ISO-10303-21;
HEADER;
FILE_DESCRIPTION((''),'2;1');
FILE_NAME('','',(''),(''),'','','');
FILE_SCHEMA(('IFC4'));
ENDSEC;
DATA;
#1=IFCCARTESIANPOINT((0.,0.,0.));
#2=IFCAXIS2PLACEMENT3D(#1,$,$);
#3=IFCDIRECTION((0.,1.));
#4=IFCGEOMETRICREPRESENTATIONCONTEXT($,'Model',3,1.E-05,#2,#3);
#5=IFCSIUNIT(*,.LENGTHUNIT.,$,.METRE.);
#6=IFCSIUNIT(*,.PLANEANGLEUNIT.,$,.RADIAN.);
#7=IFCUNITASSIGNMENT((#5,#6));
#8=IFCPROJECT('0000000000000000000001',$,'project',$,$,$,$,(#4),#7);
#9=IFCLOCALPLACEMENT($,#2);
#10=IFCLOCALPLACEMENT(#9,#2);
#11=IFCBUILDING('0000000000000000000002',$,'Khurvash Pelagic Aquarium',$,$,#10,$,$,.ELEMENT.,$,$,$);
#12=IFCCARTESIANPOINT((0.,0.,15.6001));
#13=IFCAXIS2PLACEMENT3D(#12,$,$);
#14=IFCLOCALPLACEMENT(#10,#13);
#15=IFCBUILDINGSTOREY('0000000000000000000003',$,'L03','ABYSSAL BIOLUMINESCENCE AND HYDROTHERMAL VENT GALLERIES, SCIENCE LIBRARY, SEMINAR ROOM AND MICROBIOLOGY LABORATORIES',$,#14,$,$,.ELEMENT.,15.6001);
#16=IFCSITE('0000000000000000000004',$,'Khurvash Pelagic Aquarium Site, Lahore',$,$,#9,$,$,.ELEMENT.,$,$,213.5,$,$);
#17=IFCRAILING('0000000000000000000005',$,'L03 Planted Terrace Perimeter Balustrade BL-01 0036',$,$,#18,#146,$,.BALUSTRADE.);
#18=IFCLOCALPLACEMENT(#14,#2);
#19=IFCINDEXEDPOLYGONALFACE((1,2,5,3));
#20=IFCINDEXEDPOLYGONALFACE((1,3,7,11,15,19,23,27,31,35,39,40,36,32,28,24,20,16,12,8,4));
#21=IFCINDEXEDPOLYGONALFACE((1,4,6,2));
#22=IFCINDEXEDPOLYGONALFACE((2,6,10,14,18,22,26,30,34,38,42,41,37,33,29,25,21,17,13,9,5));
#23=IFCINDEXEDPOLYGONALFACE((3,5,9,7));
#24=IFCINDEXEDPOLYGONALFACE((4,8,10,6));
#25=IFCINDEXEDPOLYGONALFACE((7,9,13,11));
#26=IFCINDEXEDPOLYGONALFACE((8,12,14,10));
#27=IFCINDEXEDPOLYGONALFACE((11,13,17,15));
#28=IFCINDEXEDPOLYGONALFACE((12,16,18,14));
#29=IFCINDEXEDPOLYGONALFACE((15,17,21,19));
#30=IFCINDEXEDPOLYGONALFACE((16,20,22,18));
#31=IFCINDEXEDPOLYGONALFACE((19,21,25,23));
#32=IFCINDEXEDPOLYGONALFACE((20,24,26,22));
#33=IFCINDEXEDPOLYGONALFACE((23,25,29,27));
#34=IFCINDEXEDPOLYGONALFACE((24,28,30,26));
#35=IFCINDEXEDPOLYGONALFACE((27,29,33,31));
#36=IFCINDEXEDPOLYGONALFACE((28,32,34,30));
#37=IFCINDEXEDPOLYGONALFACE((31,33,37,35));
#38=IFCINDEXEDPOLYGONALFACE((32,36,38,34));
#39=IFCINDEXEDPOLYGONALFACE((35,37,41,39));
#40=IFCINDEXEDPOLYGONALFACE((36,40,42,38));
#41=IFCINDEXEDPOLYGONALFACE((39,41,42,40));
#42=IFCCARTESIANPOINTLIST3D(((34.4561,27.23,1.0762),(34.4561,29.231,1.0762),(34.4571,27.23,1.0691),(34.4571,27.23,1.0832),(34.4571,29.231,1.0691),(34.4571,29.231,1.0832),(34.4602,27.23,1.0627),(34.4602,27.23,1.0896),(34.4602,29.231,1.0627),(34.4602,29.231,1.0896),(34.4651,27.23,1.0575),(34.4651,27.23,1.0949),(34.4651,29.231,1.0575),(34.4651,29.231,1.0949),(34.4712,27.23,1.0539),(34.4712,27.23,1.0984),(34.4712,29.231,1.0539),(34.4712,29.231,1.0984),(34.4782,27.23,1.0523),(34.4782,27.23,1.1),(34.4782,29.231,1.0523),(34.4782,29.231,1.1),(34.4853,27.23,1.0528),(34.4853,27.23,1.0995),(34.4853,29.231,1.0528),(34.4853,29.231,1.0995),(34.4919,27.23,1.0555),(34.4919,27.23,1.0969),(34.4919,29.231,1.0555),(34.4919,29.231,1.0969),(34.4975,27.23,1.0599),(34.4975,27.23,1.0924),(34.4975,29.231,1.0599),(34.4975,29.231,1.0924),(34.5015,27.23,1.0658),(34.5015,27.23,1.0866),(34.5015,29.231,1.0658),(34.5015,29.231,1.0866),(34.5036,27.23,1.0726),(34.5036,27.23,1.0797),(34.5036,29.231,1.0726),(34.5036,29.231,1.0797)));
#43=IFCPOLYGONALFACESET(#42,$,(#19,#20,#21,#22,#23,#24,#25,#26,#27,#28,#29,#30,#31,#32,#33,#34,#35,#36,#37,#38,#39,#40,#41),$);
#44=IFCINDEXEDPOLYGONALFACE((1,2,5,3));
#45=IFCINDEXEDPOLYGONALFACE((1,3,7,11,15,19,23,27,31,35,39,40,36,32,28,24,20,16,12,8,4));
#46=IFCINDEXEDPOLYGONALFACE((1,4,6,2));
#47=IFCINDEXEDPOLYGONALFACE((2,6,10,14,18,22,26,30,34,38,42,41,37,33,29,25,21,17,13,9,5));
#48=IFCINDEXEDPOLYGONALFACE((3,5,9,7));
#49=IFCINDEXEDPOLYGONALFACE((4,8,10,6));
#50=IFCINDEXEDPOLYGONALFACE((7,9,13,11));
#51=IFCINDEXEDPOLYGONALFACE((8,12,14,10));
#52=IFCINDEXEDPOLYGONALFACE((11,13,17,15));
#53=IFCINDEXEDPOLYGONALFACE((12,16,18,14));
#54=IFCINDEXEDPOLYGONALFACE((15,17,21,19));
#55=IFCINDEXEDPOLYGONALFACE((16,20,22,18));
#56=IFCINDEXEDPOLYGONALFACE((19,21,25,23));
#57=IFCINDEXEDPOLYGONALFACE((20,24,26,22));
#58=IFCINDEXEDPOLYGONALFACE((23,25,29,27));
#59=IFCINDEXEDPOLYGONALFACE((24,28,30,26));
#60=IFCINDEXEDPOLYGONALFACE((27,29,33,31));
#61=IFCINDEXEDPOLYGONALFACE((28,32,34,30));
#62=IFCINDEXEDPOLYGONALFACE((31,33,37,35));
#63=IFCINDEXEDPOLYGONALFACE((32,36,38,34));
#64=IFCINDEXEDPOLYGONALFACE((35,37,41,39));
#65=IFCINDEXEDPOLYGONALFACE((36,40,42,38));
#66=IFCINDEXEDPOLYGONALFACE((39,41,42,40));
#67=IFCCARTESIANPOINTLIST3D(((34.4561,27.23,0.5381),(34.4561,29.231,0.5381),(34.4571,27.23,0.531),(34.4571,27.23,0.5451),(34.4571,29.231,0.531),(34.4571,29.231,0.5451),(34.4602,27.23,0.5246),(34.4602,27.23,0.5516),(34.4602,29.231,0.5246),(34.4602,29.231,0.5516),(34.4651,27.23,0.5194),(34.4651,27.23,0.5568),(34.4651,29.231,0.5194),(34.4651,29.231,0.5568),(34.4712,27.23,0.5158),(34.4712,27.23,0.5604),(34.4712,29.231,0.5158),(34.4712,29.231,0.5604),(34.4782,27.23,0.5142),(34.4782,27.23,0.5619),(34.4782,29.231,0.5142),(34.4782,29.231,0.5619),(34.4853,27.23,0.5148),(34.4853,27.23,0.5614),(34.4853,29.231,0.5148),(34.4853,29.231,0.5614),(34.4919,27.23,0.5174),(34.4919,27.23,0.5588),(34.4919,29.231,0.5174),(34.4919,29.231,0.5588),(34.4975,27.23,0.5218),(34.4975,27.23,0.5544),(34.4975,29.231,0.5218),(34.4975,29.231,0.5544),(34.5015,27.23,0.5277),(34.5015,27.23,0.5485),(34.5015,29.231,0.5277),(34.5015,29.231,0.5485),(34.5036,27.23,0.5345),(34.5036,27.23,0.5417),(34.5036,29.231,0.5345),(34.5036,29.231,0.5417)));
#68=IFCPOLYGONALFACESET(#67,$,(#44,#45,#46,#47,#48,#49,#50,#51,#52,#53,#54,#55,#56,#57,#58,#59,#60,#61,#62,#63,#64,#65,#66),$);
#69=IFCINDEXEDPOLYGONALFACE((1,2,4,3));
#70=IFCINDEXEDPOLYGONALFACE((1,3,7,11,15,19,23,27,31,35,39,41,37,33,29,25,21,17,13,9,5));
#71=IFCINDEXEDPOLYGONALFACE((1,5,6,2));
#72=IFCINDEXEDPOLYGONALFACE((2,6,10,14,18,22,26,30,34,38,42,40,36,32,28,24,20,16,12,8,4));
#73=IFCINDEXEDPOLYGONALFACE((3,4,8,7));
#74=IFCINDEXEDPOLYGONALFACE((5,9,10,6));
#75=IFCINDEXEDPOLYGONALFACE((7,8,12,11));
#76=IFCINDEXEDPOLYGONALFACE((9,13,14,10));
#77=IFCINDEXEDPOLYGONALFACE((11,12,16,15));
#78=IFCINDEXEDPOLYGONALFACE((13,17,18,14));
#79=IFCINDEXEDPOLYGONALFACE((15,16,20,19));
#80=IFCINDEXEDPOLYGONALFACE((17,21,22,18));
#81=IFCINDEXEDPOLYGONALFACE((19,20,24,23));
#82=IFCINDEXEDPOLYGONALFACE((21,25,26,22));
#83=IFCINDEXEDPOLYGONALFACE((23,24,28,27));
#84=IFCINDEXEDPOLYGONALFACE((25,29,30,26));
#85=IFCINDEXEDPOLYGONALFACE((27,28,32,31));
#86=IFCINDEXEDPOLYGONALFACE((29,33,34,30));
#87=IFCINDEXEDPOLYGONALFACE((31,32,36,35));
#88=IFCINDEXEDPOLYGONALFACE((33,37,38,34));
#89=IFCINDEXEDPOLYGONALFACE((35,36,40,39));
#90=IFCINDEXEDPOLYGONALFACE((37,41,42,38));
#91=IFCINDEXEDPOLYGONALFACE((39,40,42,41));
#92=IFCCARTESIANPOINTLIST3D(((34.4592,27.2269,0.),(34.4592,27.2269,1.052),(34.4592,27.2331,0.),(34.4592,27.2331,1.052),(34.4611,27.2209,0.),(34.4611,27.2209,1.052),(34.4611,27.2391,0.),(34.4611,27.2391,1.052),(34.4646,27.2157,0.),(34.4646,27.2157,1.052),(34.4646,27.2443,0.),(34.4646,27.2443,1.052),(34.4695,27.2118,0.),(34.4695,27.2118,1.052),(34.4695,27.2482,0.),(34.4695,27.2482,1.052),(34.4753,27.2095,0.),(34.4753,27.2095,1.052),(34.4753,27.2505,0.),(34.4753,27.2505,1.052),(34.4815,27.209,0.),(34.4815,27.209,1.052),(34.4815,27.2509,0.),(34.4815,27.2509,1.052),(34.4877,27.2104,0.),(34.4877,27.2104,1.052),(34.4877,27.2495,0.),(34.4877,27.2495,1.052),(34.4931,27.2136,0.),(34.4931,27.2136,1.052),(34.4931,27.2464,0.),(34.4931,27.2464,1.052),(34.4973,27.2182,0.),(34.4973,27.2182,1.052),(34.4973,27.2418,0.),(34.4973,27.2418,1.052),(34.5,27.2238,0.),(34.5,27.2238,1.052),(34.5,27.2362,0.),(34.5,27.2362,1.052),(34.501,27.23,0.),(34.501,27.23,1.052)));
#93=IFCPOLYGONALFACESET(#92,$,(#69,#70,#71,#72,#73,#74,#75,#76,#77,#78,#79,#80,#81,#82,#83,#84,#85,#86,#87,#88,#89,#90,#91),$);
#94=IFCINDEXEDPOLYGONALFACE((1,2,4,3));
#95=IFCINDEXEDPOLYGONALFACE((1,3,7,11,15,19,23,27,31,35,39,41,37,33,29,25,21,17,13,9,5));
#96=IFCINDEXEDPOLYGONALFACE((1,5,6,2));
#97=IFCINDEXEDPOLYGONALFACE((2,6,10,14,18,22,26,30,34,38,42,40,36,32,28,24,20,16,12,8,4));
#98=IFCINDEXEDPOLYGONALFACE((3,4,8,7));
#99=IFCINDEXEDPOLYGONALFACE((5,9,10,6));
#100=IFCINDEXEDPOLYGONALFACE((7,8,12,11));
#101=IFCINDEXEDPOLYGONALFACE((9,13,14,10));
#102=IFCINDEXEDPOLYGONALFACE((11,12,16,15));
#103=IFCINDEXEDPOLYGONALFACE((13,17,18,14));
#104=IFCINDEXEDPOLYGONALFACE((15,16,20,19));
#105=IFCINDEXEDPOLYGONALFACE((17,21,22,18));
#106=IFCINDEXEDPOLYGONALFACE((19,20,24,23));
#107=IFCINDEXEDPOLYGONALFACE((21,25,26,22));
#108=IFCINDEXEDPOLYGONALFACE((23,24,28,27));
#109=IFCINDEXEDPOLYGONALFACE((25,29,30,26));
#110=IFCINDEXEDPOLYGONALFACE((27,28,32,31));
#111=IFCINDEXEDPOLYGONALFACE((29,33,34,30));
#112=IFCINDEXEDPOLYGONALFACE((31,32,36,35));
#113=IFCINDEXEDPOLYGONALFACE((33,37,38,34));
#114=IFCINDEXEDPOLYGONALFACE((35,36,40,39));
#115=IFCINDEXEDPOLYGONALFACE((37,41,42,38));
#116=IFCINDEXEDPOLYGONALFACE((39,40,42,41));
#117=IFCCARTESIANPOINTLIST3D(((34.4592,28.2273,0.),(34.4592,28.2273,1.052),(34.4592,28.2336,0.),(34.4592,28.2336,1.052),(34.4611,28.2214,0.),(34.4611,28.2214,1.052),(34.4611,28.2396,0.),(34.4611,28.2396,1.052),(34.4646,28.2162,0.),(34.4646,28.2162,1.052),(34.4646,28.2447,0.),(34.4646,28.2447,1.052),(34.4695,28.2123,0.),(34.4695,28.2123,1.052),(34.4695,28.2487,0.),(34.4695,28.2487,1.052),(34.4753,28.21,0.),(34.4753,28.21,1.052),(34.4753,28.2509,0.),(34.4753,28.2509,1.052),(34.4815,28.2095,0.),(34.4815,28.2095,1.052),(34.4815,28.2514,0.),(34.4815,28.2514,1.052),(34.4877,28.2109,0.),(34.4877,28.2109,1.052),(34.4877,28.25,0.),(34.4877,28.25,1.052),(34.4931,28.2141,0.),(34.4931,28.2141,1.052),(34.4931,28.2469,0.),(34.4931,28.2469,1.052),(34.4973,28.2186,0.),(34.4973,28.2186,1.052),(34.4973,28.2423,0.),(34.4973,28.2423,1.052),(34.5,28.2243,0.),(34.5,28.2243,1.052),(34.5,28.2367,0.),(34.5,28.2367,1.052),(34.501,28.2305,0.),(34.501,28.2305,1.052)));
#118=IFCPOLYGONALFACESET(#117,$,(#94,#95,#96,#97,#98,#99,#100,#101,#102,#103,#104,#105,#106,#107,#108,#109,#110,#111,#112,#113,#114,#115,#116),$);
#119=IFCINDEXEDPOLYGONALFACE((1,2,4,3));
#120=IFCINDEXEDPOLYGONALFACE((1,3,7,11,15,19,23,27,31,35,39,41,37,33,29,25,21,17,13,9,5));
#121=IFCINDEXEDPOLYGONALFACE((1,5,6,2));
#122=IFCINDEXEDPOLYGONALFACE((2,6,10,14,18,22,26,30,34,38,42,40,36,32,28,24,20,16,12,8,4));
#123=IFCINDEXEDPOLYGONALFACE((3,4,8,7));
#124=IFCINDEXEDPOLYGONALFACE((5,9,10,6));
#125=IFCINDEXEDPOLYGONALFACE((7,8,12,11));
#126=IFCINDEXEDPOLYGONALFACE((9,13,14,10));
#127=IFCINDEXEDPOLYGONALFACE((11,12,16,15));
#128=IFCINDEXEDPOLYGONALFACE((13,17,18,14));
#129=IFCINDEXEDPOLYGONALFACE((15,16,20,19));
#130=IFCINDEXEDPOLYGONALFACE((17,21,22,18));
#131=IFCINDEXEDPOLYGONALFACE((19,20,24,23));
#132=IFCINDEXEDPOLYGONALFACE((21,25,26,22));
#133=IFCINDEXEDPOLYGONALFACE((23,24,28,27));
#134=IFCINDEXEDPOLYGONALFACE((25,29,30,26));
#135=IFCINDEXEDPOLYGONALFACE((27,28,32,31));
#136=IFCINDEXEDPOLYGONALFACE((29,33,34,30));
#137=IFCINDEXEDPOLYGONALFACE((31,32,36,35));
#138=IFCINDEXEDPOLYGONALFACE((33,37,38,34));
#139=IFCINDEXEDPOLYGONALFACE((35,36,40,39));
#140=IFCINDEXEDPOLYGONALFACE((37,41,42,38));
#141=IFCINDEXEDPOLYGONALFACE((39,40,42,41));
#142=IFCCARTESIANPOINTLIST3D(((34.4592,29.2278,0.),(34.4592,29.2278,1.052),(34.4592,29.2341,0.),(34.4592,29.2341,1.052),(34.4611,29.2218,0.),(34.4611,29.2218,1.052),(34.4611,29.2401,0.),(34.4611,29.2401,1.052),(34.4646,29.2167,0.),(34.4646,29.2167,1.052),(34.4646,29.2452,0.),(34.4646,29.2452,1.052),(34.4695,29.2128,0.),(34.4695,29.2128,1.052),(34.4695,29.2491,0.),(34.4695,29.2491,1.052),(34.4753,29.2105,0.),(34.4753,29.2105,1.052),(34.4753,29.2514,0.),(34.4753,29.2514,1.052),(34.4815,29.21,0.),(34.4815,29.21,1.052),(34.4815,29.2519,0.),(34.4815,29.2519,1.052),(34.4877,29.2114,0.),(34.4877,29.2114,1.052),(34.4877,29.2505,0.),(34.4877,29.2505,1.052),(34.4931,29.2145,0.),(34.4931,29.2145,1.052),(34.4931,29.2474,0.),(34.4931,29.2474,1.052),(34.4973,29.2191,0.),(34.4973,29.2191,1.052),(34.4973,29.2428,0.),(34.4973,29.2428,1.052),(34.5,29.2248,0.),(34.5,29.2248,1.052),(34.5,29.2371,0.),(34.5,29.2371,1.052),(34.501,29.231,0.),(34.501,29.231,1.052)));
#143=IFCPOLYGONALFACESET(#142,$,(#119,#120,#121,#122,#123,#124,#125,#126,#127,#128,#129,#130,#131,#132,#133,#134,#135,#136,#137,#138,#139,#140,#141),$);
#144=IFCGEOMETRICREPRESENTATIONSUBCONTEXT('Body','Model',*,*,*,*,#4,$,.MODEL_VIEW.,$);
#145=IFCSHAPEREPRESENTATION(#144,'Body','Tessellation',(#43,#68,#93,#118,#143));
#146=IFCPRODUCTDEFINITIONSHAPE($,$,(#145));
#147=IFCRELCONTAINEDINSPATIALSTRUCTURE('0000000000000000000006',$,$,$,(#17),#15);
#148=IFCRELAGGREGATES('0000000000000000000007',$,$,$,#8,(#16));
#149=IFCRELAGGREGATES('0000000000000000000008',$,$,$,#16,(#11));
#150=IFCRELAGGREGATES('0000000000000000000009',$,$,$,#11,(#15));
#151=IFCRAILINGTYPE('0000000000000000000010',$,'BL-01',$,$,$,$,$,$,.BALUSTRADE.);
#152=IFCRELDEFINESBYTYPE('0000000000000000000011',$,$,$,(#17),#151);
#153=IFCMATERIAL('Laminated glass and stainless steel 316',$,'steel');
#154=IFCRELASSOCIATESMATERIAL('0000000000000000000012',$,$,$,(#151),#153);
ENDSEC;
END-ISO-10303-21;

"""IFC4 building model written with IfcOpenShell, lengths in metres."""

from ifc_helpers import new_model, si_unit, direction, frame, origin, origin_2d, place, context, subcontext, project, spatial, circle, extrude, material, type_object, element, save


model = new_model("IFC4")

# Units and contexts
model_context = context("Model", 3, precision=1e-05, world=origin(), true_north=direction((0.0, 1.0)))
body_context = subcontext(model_context, "Body", "Model", "MODEL_VIEW")
ifc_project = project(units=[si_unit("LENGTHUNIT", "METRE"), si_unit("PLANEANGLEUNIT", "RADIAN")], contexts=[model_context])

# Site, building, storey
site_placement = place(None, origin())
site = spatial("IfcSite", under=ifc_project, at=site_placement, Name="Khurvash Pelagic Aquarium Site, Lahore", CompositionType="ELEMENT", RefElevation=213.5)
building_placement = place(site_placement, origin())
building = spatial("IfcBuilding", under=site, at=building_placement, Name="Khurvash Pelagic Aquarium", CompositionType="ELEMENT")
storey_placement = place(building_placement, frame((0.0, 0.0, 15.6001)))
storey = spatial("IfcBuildingStorey", under=building, at=storey_placement, Name="L03", Description="ABYSSAL BIOLUMINESCENCE AND HYDROTHERMAL VENT GALLERIES, SCIENCE LIBRARY, SEMINAR ROOM AND MICROBIOLOGY LABORATORIES", CompositionType="ELEMENT", Elevation=15.6001)

# Railing
ifc_material_1 = material(Name="Laminated glass and stainless steel 316", Category="steel")
railing_type = type_object("IfcRailingType", Name="BL-01", PredefinedType="BALUSTRADE", material=ifc_material_1)
railing_1_placement = place(storey_placement, frame((34.48, 27.23, 0.0)))
element("IfcRailing", 1, at=railing_1_placement, inside=storey, type_object=railing_type, Name="L03 Planted Terrace Perimeter Balustrade BL-01 0036", PredefinedType="BALUSTRADE", context=body_context, shape_type="SweptSolid", body=[
    extrude(circle(Radius=0.0239, at=origin_2d()), frame((0.0, 0.0, 1.0762), z_axis=(0.0, 1.0, 0.0), x_axis=(-1.0, 0.0, 0.0)), (0.0, 0.0, 1.0), 2.001),
    extrude(circle(Radius=0.0239, at=origin_2d()), frame((0.0, 0.0, 0.5381), z_axis=(0.0, 1.0, 0.0), x_axis=(-1.0, 0.0, 0.0)), (0.0, 0.0, 1.0), 2.001),
    extrude(circle(Radius=0.021, at=origin_2d()), origin(), (0.0, 0.0, 1.0), 1.052),
    extrude(circle(Radius=0.021, at=origin_2d()), frame((0.0, 1.0005, 0.0)), (0.0, 0.0, 1.0), 1.052),
    extrude(circle(Radius=0.021, at=origin_2d()), frame((0.0, 2.001, 0.0)), (0.0, 0.0, 1.0), 1.052),
])

save(model, "model.ifc")
